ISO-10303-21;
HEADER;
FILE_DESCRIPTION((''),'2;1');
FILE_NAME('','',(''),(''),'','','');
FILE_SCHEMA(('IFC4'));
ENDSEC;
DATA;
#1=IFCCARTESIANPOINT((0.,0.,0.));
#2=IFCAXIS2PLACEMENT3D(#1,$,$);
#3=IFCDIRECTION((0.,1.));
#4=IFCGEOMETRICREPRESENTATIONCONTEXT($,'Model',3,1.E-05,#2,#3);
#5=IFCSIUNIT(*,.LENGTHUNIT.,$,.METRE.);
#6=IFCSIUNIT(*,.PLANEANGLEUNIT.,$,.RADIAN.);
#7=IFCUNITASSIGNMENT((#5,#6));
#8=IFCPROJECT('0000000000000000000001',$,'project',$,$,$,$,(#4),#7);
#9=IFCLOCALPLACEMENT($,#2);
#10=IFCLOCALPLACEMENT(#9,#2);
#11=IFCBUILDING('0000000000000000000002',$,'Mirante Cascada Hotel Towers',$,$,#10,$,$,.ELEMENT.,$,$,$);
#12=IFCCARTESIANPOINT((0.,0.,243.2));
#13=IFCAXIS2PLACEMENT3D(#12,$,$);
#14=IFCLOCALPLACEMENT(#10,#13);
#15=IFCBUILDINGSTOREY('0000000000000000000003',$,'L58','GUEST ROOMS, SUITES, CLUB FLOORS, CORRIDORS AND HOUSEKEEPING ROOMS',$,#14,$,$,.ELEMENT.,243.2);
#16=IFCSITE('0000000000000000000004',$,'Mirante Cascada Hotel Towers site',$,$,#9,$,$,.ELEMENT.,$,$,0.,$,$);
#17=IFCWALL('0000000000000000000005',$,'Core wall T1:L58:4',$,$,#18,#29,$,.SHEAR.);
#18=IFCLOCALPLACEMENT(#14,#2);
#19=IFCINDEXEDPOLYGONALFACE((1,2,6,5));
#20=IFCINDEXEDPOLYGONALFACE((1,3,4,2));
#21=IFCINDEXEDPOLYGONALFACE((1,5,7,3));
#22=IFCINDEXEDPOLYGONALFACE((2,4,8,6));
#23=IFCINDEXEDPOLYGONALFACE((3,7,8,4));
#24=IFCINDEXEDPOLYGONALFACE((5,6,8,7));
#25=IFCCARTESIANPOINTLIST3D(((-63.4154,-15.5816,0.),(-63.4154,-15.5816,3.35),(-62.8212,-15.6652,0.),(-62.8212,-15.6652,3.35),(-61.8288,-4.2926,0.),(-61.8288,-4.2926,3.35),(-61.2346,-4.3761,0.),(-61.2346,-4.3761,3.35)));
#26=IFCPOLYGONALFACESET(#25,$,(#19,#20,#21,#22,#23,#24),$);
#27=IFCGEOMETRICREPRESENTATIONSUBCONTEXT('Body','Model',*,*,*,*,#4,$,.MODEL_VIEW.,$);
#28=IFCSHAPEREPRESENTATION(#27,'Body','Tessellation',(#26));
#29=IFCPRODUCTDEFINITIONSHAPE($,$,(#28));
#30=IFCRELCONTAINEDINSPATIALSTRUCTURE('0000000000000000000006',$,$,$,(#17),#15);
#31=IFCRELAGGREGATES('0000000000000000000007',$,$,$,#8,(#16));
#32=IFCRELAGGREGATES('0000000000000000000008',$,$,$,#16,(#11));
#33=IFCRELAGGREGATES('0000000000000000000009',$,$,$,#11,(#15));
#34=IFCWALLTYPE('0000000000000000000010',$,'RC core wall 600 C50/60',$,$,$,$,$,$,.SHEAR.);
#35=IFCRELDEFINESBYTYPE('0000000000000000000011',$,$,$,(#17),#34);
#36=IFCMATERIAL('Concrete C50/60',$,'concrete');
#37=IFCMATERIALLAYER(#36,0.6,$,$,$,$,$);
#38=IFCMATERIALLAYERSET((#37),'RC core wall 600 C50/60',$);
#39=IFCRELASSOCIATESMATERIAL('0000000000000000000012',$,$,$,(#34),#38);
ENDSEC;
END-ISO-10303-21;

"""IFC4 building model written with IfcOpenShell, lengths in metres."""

from ifc_helpers import new_model, si_unit, direction, frame, frame_2d, origin, place, context, subcontext, project, spatial, rectangle, extrude, material, layer, layer_set, type_object, element, save


model = new_model("IFC4")

# Units and contexts
model_context = context("Model", 3, precision=1e-05, world=origin(), true_north=direction((0.0, 1.0)))
body_context = subcontext(model_context, "Body", "Model", "MODEL_VIEW")
ifc_project = project(units=[si_unit("LENGTHUNIT", "METRE"), si_unit("PLANEANGLEUNIT", "RADIAN")], contexts=[model_context])

# Site, building, storey
site_placement = place(None, origin())
site = spatial("IfcSite", under=ifc_project, at=site_placement, Name="Mirante Cascada Hotel Towers site", CompositionType="ELEMENT", RefElevation=0.0)
building_placement = place(site_placement, origin())
building = spatial("IfcBuilding", under=site, at=building_placement, Name="Mirante Cascada Hotel Towers", CompositionType="ELEMENT")
storey_placement = place(building_placement, frame((0.0, 0.0, 243.2)))
storey = spatial("IfcBuildingStorey", under=building, at=storey_placement, Name="L58", Description="GUEST ROOMS, SUITES, CLUB FLOORS, CORRIDORS AND HOUSEKEEPING ROOMS", CompositionType="ELEMENT", Elevation=243.2)

# Wall
ifc_material_1 = material(Name="Concrete C50/60", Category="concrete")
ifc_layer_1 = layer(ifc_material_1, 0.6)
ifc_layer_set_1 = layer_set([ifc_layer_1], Name="RC core wall 600 C50/60")
wall_type_1 = type_object("IfcWallType", Name="RC core wall 600 C50/60", PredefinedType="SHEAR", material=ifc_layer_set_1)
wall_1_placement = place(storey_placement, frame((-63.1183, -15.6234, 0.0), z_axis=(0.0, 0.0, 1.0), x_axis=(0.139175, 0.990268, 0.0)))
element("IfcWall", 1, at=wall_1_placement, inside=storey, type_object=wall_type_1, Name="Core wall T1:L58:4", PredefinedType="SHEAR", context=body_context, shape_type="SweptSolid", body=[
    extrude(rectangle(XDim=11.4, YDim=0.6, at=frame_2d((5.7, 0.0))), origin(), (0.0, 0.0, 1.0), 3.35),
])

save(model, "model.ifc")
